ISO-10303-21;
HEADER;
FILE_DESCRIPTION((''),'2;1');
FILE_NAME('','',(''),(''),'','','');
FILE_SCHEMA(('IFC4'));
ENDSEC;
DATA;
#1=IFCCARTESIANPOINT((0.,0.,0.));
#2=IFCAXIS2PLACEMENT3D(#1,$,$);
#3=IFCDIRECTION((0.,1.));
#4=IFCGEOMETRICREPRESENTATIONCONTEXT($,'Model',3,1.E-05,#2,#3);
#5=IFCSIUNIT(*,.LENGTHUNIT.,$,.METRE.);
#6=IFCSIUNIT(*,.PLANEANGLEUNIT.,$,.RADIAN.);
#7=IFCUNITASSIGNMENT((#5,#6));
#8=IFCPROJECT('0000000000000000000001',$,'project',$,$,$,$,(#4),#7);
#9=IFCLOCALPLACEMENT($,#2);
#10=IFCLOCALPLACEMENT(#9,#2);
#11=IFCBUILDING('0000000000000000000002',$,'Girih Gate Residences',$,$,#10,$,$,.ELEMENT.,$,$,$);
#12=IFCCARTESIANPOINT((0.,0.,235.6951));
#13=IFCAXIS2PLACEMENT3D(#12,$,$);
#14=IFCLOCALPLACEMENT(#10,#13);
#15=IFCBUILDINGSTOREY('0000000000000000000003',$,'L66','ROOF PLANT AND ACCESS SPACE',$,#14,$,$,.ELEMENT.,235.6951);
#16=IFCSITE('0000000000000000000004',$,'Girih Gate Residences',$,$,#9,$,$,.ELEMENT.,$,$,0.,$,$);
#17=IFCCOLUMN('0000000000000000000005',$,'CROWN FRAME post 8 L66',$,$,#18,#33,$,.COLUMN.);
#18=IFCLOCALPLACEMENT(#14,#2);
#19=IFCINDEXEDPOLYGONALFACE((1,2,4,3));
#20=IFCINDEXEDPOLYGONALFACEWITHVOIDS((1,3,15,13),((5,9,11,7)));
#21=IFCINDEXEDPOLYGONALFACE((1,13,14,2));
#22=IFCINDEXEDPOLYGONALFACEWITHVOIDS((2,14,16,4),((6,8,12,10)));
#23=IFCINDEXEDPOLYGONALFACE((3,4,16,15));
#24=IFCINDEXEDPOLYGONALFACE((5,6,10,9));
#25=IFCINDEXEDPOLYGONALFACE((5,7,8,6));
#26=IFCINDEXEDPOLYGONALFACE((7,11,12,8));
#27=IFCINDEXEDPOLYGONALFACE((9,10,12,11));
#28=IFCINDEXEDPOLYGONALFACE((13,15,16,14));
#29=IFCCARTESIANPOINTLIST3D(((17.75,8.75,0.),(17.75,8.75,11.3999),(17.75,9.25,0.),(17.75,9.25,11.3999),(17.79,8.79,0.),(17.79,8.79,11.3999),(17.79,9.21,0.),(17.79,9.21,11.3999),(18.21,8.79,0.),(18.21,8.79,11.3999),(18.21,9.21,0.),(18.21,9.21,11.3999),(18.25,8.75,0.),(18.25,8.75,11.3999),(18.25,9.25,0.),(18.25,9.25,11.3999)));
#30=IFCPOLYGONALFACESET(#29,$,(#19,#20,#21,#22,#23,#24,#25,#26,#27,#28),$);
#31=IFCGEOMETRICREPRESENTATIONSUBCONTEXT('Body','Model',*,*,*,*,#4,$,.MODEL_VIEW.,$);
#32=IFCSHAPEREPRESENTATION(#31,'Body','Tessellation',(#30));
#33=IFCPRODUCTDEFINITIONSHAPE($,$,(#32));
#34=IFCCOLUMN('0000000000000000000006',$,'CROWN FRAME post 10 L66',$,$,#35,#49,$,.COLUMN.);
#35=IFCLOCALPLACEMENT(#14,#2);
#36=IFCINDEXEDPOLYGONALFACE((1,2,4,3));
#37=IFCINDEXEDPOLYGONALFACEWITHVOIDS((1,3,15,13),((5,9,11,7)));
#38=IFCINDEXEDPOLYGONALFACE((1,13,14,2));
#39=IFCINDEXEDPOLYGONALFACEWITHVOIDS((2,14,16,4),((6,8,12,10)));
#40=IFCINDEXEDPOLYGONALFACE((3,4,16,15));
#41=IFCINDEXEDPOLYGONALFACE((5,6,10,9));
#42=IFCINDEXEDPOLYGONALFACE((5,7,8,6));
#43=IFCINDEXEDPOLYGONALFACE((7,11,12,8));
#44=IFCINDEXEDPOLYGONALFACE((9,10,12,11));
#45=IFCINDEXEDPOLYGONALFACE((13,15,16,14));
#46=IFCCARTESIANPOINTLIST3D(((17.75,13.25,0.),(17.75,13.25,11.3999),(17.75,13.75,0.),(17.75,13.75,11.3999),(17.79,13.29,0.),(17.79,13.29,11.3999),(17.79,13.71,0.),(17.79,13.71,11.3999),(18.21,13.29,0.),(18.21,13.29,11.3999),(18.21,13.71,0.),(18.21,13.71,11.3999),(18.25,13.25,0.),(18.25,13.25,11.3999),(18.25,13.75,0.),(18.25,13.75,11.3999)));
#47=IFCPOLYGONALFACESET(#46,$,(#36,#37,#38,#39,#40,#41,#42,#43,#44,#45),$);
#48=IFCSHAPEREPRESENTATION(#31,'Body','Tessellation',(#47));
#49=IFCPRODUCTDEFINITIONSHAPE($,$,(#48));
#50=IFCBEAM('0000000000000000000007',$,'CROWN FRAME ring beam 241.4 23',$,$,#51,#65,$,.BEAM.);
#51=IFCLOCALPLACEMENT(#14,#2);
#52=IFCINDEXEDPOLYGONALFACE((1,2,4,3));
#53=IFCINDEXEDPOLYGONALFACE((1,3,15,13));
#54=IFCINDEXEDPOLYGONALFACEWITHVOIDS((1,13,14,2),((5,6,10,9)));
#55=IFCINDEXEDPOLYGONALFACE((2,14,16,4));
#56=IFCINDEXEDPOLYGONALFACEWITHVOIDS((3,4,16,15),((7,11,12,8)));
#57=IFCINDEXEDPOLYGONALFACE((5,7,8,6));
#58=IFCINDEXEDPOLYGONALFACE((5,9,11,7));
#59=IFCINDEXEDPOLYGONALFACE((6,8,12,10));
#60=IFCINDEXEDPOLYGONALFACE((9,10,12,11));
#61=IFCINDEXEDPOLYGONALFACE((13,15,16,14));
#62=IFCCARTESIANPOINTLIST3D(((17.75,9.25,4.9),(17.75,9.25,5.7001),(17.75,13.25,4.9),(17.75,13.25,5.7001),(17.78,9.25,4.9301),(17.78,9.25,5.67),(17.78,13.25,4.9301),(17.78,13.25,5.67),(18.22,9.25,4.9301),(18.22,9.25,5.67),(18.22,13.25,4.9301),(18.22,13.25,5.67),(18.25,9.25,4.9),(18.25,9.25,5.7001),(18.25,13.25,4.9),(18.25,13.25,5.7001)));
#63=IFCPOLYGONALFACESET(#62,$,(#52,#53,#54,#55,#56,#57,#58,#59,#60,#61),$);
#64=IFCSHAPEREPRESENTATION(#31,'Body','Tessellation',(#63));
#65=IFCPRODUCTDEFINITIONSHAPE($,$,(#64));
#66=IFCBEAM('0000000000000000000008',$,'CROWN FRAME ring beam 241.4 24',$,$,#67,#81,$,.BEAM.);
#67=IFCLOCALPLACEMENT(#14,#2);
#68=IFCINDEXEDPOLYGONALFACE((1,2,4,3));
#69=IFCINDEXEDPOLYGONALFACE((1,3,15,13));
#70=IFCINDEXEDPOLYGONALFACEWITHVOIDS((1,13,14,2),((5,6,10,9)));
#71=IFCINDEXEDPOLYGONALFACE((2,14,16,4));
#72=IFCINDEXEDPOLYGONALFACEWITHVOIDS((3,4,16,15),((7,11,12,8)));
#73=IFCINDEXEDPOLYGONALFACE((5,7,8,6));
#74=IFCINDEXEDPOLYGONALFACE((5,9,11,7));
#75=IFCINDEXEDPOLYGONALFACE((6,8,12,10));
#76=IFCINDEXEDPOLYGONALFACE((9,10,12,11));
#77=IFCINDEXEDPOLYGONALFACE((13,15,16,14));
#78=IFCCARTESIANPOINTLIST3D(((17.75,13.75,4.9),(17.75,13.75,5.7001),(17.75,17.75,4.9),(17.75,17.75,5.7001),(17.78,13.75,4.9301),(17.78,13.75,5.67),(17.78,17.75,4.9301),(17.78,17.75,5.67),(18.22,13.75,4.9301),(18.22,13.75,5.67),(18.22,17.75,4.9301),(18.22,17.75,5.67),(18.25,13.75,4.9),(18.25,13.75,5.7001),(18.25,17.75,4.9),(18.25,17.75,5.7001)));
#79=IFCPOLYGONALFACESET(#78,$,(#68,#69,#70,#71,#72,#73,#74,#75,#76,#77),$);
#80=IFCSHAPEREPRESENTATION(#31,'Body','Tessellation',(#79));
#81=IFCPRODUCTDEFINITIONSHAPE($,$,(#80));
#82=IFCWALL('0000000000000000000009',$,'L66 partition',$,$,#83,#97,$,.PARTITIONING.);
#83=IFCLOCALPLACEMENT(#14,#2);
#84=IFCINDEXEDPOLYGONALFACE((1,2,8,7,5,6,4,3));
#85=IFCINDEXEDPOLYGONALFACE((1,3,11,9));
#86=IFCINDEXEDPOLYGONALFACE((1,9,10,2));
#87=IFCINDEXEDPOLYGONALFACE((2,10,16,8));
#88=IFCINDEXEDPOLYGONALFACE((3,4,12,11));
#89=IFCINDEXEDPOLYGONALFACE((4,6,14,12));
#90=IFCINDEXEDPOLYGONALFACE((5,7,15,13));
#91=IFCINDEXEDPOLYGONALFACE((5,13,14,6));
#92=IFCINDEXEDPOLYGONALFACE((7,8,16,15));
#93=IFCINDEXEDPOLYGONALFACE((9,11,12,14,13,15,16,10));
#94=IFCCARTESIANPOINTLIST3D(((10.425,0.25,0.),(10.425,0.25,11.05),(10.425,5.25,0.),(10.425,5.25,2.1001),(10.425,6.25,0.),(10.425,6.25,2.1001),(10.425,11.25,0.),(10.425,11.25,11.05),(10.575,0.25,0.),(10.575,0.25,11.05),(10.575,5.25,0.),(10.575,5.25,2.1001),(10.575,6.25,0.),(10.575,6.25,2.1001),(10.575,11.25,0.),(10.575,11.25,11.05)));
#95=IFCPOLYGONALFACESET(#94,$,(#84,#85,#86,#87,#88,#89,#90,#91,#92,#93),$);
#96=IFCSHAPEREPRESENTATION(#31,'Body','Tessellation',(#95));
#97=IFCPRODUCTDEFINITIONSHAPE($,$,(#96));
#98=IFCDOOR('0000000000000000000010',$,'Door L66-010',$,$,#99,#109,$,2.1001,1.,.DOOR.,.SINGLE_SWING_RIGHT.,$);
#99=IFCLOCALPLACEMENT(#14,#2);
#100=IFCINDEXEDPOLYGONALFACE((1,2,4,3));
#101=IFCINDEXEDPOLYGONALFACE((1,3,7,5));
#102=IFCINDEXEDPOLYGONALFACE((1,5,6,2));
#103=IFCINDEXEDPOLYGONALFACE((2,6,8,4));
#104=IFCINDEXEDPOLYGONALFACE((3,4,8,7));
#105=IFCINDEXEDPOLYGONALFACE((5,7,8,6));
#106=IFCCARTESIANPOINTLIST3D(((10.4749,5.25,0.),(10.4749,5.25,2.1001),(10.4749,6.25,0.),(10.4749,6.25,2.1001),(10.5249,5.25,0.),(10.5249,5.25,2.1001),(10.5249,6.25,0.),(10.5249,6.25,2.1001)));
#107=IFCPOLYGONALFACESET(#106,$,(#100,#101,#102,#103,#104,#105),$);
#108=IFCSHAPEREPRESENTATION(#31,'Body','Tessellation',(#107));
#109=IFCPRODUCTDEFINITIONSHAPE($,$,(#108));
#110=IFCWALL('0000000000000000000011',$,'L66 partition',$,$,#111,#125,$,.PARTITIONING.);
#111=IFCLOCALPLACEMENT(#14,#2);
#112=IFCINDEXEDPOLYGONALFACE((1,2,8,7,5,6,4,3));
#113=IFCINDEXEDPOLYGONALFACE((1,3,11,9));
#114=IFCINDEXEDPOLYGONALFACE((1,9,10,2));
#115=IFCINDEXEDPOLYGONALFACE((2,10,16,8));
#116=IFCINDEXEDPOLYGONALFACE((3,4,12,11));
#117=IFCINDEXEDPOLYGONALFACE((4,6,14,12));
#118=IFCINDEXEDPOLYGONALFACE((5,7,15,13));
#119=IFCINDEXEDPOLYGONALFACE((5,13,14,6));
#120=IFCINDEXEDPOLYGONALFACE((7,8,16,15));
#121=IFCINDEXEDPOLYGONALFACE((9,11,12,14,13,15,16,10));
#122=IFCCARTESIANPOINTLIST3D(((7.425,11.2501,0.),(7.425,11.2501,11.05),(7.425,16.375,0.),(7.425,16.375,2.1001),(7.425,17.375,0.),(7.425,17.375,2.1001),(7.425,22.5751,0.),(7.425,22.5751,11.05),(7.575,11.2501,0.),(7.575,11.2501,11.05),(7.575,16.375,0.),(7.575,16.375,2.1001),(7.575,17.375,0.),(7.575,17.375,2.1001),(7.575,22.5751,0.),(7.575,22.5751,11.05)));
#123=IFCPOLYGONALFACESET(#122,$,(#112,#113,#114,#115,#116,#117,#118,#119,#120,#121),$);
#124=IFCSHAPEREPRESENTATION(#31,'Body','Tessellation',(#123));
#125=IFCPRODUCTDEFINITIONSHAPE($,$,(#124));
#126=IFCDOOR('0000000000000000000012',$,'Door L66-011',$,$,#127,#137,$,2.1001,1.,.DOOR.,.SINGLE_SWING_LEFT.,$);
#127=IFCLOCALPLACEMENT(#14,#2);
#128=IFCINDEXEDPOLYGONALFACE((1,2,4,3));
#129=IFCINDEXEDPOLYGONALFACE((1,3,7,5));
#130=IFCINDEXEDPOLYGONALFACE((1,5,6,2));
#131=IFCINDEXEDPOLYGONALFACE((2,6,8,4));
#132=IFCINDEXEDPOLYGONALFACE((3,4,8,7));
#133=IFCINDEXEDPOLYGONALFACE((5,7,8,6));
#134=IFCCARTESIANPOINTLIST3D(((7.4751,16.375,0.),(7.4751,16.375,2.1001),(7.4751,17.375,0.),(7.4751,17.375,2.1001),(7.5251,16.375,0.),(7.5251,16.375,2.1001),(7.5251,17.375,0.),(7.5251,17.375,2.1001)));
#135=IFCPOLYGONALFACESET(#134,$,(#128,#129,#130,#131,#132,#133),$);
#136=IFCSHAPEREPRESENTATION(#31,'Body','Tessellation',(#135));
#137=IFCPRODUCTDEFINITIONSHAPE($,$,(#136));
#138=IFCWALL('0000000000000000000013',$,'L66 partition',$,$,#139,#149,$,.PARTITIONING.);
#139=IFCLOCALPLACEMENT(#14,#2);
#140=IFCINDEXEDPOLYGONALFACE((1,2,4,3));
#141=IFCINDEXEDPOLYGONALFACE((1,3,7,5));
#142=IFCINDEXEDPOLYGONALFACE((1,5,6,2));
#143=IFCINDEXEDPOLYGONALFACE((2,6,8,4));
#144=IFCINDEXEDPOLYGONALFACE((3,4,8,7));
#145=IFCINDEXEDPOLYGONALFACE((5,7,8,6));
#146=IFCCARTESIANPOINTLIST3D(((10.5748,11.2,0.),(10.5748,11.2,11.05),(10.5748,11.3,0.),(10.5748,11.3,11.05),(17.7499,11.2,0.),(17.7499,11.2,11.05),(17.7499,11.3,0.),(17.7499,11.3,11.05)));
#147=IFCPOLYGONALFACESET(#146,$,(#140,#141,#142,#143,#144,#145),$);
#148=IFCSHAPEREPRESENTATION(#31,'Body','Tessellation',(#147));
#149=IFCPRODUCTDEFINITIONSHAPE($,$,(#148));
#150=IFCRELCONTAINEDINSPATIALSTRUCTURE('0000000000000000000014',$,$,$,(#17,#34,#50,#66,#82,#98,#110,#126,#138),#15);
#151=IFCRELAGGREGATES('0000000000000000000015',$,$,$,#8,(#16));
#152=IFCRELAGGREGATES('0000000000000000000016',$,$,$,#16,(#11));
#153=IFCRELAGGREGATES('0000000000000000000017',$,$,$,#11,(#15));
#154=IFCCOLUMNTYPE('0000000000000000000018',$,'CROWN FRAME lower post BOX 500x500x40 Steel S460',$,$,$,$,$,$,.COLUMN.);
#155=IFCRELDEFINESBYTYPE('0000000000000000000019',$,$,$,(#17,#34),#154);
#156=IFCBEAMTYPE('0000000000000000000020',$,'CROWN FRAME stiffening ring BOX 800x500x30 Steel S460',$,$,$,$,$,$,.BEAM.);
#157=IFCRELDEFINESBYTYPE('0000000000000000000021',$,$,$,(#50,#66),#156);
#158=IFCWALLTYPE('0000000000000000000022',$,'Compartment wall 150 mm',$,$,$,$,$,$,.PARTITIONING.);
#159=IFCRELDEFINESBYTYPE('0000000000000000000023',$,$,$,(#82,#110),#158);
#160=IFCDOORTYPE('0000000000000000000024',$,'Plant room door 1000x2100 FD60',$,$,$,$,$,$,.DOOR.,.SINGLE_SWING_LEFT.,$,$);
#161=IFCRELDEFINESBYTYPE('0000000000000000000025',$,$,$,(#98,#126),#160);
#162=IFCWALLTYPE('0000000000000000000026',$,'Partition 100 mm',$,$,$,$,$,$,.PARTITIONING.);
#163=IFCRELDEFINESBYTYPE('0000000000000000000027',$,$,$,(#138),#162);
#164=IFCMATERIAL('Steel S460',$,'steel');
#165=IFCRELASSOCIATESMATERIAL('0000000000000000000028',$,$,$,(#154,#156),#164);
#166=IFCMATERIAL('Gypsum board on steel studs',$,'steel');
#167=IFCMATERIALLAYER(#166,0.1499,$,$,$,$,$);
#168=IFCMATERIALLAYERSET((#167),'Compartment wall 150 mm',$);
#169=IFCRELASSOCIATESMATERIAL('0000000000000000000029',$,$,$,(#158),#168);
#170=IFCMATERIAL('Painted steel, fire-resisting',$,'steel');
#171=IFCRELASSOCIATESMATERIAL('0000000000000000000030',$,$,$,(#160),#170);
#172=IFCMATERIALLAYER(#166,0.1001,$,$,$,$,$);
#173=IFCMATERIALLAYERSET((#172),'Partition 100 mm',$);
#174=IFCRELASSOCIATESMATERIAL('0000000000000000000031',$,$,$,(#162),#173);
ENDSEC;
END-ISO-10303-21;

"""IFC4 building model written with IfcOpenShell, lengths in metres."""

from ifc_helpers import new_model, si_unit, direction, frame, frame_2d, origin, origin_2d, place, context, subcontext, project, spatial, rectangle, hollow_rectangle, extrude, material, layer, layer_set, material_profile, profile_set, type_object, element, fill, save


model = new_model("IFC4")

# Units and contexts
model_context = context("Model", 3, precision=1e-05, world=origin(), true_north=direction((0.0, 1.0)))
body_context = subcontext(model_context, "Body", "Model", "MODEL_VIEW")
ifc_project = project(units=[si_unit("LENGTHUNIT", "METRE"), si_unit("PLANEANGLEUNIT", "RADIAN")], contexts=[model_context])

# Site, building, storey
site_placement = place(None, origin())
site = spatial("IfcSite", under=ifc_project, at=site_placement, Name="Girih Gate Residences", CompositionType="ELEMENT", RefElevation=0.0)
building_placement = place(site_placement, origin())
building = spatial("IfcBuilding", under=site, at=building_placement, Name="Girih Gate Residences", CompositionType="ELEMENT")
storey_placement = place(building_placement, frame((0.0, 0.0, 235.6951)))
storey = spatial("IfcBuildingStorey", under=building, at=storey_placement, Name="L66", Description="ROOF PLANT AND ACCESS SPACE", CompositionType="ELEMENT", Elevation=235.6951)

# Columns
ifc_material_1 = material(Name="Steel S460", Category="steel")
ifc_material_profile_1 = material_profile(ifc_material_1, hollow_rectangle(XDim=0.5, YDim=0.5, WallThickness=0.04, at=origin_2d()))
ifc_profile_set_1 = profile_set([ifc_material_profile_1], Name="Steel S460")
column_type = type_object("IfcColumnType", Name="CROWN FRAME lower post BOX 500x500x40 Steel S460", PredefinedType="COLUMN", material=ifc_profile_set_1)
for number, where, z_axis, x_axis, name in (
    (1, (18.0, 9.0, 0.0), (0.0, 0.0, 1.0), (1.0, 0.0, 0.0), "CROWN FRAME post 8 L66"),
    (2, (18.0, 13.5, 0.0), (0.0, 0.0, 1.0), (1.0, 0.0, 0.0), "CROWN FRAME post 10 L66"),
):
    element("IfcColumn", number, at=place(storey_placement, frame(where, z_axis=z_axis, x_axis=x_axis)), inside=storey, type_object=column_type, Name=name, PredefinedType="COLUMN", context=body_context, shape_type="SweptSolid", body=[
        extrude(hollow_rectangle(XDim=0.5, YDim=0.5, WallThickness=0.04, at=origin_2d()), origin(), (0.0, 0.0, 1.0), 11.3999),
    ])

# Beams
ifc_material_profile_2 = material_profile(ifc_material_1, hollow_rectangle(XDim=0.5, YDim=0.8, WallThickness=0.03, at=origin_2d()))
ifc_profile_set_2 = profile_set([ifc_material_profile_2], Name="Steel S460")
beam_type = type_object("IfcBeamType", Name="CROWN FRAME stiffening ring BOX 800x500x30 Steel S460", PredefinedType="BEAM", material=ifc_profile_set_2)
for number, where, z_axis, x_axis, name in (
    (3, (18.0, 9.25, 5.3), (0.0, 1.0, 0.0), (-1.0, 0.0, 0.0), "CROWN FRAME ring beam 241.4 23"),
    (4, (18.0, 13.75, 5.3), (0.0, 1.0, 0.0), (-1.0, 0.0, 0.0), "CROWN FRAME ring beam 241.4 24"),
):
    element("IfcBeam", number, at=place(storey_placement, frame(where, z_axis=z_axis, x_axis=x_axis)), inside=storey, type_object=beam_type, Name=name, PredefinedType="BEAM", context=body_context, shape_type="SweptSolid", body=[
        extrude(hollow_rectangle(XDim=0.5, YDim=0.8, WallThickness=0.03, at=origin_2d()), origin(), (0.0, 0.0, 1.0), 4.0),
    ])

# Walls, openings, doors
ifc_material_2 = material(Name="Gypsum board on steel studs", Category="steel")
ifc_layer_1 = layer(ifc_material_2, 0.1499)
ifc_layer_set_1 = layer_set([ifc_layer_1], Name="Compartment wall 150 mm")
wall_type_1 = type_object("IfcWallType", Name="Compartment wall 150 mm", PredefinedType="PARTITIONING", material=ifc_layer_set_1)
wall_1_placement = place(storey_placement, frame((10.5, 11.25, 0.0), z_axis=(0.0, 0.0, 1.0), x_axis=(0.0, -1.0, 0.0)))
wall_1 = element("IfcWall", 5, at=wall_1_placement, inside=storey, type_object=wall_type_1, Name="L66 partition", PredefinedType="PARTITIONING", context=body_context, shape_type="SweptSolid", body=[
    extrude(rectangle(XDim=11.0, YDim=0.1499, at=frame_2d((5.5, 0.0))), origin(), (0.0, 0.0, 1.0), 11.05),
])
opening_1_placement = place(wall_1_placement, frame((5.0, 0.0, 0.0)))
opening_1 = element("IfcOpeningElement", 6, at=opening_1_placement, cuts=wall_1, PredefinedType="OPENING", context=body_context, shape_type="SweptSolid", body=[
    extrude(rectangle(XDim=1.0, YDim=2.1001, at=frame_2d((0.5, 1.05))), frame((0.0, 0.085, 0.0), z_axis=(0.0, -1.0, 0.0), x_axis=(1.0, 0.0, 0.0)), (0.0, 0.0, 1.0), 0.1699),
])
ifc_material_3 = material(Name="Painted steel, fire-resisting", Category="steel")
door_type = type_object("IfcDoorType", Name="Plant room door 1000x2100 FD60", OperationType="SINGLE_SWING_LEFT", PredefinedType="DOOR", material=ifc_material_3)
door_1_placement = place(opening_1_placement, origin())
door_1 = element("IfcDoor", 7, at=door_1_placement, inside=storey, type_object=door_type, Name="Door L66-010", OperationType="SINGLE_SWING_RIGHT", OverallHeight=2.1001, OverallWidth=1.0, PredefinedType="DOOR", context=body_context, shape_type="SweptSolid", body=[
    extrude(rectangle(XDim=1.0, YDim=2.1001, at=frame_2d((0.5, 1.05))), frame((0.0, 0.0249, 0.0), z_axis=(0.0, -1.0, 0.0), x_axis=(1.0, 0.0, 0.0)), (0.0, 0.0, 1.0), 0.05),
])
fill(opening_1, door_1)
wall_2_placement = place(storey_placement, frame((7.5, 11.25, 0.0), z_axis=(0.0, 0.0, 1.0), x_axis=(0.0, 1.0, 0.0)))
wall_2 = element("IfcWall", 8, at=wall_2_placement, inside=storey, type_object=wall_type_1, Name="L66 partition", PredefinedType="PARTITIONING", context=body_context, shape_type="SweptSolid", body=[
    extrude(rectangle(XDim=11.325, YDim=0.1499, at=frame_2d((5.6626, 0.0))), origin(), (0.0, 0.0, 1.0), 11.05),
])
opening_2_placement = place(wall_2_placement, frame((5.125, 0.0, 0.0)))
opening_2 = element("IfcOpeningElement", 9, at=opening_2_placement, cuts=wall_2, PredefinedType="OPENING", context=body_context, shape_type="SweptSolid", body=[
    extrude(rectangle(XDim=1.0, YDim=2.1001, at=frame_2d((0.5, 1.05))), frame((0.0, 0.085, 0.0), z_axis=(0.0, -1.0, 0.0), x_axis=(1.0, 0.0, 0.0)), (0.0, 0.0, 1.0), 0.1699),
])
door_2_placement = place(opening_2_placement, origin())
door_2 = element("IfcDoor", 10, at=door_2_placement, inside=storey, type_object=door_type, Name="Door L66-011", OperationType="SINGLE_SWING_LEFT", OverallHeight=2.1001, OverallWidth=1.0, PredefinedType="DOOR", context=body_context, shape_type="SweptSolid", body=[
    extrude(rectangle(XDim=1.0, YDim=2.1001, at=frame_2d((0.5, 1.05))), frame((0.0, 0.0249, 0.0), z_axis=(0.0, -1.0, 0.0), x_axis=(1.0, 0.0, 0.0)), (0.0, 0.0, 1.0), 0.05),
])
fill(opening_2, door_2)

# Wall
ifc_layer_2 = layer(ifc_material_2, 0.1001)
ifc_layer_set_2 = layer_set([ifc_layer_2], Name="Partition 100 mm")
wall_type_2 = type_object("IfcWallType", Name="Partition 100 mm", PredefinedType="PARTITIONING", material=ifc_layer_set_2)
wall_3_placement = place(storey_placement, frame((10.575, 11.25, 0.0), z_axis=(0.0, 0.0, 1.0), x_axis=(1.0, 0.0, 0.0)))
element("IfcWall", 11, at=wall_3_placement, inside=storey, type_object=wall_type_2, Name="L66 partition", PredefinedType="PARTITIONING", context=body_context, shape_type="SweptSolid", body=[
    extrude(rectangle(XDim=7.175, YDim=0.1001, at=frame_2d((3.5874, 0.0))), origin(), (0.0, 0.0, 1.0), 11.05),
])

save(model, "model.ifc")
